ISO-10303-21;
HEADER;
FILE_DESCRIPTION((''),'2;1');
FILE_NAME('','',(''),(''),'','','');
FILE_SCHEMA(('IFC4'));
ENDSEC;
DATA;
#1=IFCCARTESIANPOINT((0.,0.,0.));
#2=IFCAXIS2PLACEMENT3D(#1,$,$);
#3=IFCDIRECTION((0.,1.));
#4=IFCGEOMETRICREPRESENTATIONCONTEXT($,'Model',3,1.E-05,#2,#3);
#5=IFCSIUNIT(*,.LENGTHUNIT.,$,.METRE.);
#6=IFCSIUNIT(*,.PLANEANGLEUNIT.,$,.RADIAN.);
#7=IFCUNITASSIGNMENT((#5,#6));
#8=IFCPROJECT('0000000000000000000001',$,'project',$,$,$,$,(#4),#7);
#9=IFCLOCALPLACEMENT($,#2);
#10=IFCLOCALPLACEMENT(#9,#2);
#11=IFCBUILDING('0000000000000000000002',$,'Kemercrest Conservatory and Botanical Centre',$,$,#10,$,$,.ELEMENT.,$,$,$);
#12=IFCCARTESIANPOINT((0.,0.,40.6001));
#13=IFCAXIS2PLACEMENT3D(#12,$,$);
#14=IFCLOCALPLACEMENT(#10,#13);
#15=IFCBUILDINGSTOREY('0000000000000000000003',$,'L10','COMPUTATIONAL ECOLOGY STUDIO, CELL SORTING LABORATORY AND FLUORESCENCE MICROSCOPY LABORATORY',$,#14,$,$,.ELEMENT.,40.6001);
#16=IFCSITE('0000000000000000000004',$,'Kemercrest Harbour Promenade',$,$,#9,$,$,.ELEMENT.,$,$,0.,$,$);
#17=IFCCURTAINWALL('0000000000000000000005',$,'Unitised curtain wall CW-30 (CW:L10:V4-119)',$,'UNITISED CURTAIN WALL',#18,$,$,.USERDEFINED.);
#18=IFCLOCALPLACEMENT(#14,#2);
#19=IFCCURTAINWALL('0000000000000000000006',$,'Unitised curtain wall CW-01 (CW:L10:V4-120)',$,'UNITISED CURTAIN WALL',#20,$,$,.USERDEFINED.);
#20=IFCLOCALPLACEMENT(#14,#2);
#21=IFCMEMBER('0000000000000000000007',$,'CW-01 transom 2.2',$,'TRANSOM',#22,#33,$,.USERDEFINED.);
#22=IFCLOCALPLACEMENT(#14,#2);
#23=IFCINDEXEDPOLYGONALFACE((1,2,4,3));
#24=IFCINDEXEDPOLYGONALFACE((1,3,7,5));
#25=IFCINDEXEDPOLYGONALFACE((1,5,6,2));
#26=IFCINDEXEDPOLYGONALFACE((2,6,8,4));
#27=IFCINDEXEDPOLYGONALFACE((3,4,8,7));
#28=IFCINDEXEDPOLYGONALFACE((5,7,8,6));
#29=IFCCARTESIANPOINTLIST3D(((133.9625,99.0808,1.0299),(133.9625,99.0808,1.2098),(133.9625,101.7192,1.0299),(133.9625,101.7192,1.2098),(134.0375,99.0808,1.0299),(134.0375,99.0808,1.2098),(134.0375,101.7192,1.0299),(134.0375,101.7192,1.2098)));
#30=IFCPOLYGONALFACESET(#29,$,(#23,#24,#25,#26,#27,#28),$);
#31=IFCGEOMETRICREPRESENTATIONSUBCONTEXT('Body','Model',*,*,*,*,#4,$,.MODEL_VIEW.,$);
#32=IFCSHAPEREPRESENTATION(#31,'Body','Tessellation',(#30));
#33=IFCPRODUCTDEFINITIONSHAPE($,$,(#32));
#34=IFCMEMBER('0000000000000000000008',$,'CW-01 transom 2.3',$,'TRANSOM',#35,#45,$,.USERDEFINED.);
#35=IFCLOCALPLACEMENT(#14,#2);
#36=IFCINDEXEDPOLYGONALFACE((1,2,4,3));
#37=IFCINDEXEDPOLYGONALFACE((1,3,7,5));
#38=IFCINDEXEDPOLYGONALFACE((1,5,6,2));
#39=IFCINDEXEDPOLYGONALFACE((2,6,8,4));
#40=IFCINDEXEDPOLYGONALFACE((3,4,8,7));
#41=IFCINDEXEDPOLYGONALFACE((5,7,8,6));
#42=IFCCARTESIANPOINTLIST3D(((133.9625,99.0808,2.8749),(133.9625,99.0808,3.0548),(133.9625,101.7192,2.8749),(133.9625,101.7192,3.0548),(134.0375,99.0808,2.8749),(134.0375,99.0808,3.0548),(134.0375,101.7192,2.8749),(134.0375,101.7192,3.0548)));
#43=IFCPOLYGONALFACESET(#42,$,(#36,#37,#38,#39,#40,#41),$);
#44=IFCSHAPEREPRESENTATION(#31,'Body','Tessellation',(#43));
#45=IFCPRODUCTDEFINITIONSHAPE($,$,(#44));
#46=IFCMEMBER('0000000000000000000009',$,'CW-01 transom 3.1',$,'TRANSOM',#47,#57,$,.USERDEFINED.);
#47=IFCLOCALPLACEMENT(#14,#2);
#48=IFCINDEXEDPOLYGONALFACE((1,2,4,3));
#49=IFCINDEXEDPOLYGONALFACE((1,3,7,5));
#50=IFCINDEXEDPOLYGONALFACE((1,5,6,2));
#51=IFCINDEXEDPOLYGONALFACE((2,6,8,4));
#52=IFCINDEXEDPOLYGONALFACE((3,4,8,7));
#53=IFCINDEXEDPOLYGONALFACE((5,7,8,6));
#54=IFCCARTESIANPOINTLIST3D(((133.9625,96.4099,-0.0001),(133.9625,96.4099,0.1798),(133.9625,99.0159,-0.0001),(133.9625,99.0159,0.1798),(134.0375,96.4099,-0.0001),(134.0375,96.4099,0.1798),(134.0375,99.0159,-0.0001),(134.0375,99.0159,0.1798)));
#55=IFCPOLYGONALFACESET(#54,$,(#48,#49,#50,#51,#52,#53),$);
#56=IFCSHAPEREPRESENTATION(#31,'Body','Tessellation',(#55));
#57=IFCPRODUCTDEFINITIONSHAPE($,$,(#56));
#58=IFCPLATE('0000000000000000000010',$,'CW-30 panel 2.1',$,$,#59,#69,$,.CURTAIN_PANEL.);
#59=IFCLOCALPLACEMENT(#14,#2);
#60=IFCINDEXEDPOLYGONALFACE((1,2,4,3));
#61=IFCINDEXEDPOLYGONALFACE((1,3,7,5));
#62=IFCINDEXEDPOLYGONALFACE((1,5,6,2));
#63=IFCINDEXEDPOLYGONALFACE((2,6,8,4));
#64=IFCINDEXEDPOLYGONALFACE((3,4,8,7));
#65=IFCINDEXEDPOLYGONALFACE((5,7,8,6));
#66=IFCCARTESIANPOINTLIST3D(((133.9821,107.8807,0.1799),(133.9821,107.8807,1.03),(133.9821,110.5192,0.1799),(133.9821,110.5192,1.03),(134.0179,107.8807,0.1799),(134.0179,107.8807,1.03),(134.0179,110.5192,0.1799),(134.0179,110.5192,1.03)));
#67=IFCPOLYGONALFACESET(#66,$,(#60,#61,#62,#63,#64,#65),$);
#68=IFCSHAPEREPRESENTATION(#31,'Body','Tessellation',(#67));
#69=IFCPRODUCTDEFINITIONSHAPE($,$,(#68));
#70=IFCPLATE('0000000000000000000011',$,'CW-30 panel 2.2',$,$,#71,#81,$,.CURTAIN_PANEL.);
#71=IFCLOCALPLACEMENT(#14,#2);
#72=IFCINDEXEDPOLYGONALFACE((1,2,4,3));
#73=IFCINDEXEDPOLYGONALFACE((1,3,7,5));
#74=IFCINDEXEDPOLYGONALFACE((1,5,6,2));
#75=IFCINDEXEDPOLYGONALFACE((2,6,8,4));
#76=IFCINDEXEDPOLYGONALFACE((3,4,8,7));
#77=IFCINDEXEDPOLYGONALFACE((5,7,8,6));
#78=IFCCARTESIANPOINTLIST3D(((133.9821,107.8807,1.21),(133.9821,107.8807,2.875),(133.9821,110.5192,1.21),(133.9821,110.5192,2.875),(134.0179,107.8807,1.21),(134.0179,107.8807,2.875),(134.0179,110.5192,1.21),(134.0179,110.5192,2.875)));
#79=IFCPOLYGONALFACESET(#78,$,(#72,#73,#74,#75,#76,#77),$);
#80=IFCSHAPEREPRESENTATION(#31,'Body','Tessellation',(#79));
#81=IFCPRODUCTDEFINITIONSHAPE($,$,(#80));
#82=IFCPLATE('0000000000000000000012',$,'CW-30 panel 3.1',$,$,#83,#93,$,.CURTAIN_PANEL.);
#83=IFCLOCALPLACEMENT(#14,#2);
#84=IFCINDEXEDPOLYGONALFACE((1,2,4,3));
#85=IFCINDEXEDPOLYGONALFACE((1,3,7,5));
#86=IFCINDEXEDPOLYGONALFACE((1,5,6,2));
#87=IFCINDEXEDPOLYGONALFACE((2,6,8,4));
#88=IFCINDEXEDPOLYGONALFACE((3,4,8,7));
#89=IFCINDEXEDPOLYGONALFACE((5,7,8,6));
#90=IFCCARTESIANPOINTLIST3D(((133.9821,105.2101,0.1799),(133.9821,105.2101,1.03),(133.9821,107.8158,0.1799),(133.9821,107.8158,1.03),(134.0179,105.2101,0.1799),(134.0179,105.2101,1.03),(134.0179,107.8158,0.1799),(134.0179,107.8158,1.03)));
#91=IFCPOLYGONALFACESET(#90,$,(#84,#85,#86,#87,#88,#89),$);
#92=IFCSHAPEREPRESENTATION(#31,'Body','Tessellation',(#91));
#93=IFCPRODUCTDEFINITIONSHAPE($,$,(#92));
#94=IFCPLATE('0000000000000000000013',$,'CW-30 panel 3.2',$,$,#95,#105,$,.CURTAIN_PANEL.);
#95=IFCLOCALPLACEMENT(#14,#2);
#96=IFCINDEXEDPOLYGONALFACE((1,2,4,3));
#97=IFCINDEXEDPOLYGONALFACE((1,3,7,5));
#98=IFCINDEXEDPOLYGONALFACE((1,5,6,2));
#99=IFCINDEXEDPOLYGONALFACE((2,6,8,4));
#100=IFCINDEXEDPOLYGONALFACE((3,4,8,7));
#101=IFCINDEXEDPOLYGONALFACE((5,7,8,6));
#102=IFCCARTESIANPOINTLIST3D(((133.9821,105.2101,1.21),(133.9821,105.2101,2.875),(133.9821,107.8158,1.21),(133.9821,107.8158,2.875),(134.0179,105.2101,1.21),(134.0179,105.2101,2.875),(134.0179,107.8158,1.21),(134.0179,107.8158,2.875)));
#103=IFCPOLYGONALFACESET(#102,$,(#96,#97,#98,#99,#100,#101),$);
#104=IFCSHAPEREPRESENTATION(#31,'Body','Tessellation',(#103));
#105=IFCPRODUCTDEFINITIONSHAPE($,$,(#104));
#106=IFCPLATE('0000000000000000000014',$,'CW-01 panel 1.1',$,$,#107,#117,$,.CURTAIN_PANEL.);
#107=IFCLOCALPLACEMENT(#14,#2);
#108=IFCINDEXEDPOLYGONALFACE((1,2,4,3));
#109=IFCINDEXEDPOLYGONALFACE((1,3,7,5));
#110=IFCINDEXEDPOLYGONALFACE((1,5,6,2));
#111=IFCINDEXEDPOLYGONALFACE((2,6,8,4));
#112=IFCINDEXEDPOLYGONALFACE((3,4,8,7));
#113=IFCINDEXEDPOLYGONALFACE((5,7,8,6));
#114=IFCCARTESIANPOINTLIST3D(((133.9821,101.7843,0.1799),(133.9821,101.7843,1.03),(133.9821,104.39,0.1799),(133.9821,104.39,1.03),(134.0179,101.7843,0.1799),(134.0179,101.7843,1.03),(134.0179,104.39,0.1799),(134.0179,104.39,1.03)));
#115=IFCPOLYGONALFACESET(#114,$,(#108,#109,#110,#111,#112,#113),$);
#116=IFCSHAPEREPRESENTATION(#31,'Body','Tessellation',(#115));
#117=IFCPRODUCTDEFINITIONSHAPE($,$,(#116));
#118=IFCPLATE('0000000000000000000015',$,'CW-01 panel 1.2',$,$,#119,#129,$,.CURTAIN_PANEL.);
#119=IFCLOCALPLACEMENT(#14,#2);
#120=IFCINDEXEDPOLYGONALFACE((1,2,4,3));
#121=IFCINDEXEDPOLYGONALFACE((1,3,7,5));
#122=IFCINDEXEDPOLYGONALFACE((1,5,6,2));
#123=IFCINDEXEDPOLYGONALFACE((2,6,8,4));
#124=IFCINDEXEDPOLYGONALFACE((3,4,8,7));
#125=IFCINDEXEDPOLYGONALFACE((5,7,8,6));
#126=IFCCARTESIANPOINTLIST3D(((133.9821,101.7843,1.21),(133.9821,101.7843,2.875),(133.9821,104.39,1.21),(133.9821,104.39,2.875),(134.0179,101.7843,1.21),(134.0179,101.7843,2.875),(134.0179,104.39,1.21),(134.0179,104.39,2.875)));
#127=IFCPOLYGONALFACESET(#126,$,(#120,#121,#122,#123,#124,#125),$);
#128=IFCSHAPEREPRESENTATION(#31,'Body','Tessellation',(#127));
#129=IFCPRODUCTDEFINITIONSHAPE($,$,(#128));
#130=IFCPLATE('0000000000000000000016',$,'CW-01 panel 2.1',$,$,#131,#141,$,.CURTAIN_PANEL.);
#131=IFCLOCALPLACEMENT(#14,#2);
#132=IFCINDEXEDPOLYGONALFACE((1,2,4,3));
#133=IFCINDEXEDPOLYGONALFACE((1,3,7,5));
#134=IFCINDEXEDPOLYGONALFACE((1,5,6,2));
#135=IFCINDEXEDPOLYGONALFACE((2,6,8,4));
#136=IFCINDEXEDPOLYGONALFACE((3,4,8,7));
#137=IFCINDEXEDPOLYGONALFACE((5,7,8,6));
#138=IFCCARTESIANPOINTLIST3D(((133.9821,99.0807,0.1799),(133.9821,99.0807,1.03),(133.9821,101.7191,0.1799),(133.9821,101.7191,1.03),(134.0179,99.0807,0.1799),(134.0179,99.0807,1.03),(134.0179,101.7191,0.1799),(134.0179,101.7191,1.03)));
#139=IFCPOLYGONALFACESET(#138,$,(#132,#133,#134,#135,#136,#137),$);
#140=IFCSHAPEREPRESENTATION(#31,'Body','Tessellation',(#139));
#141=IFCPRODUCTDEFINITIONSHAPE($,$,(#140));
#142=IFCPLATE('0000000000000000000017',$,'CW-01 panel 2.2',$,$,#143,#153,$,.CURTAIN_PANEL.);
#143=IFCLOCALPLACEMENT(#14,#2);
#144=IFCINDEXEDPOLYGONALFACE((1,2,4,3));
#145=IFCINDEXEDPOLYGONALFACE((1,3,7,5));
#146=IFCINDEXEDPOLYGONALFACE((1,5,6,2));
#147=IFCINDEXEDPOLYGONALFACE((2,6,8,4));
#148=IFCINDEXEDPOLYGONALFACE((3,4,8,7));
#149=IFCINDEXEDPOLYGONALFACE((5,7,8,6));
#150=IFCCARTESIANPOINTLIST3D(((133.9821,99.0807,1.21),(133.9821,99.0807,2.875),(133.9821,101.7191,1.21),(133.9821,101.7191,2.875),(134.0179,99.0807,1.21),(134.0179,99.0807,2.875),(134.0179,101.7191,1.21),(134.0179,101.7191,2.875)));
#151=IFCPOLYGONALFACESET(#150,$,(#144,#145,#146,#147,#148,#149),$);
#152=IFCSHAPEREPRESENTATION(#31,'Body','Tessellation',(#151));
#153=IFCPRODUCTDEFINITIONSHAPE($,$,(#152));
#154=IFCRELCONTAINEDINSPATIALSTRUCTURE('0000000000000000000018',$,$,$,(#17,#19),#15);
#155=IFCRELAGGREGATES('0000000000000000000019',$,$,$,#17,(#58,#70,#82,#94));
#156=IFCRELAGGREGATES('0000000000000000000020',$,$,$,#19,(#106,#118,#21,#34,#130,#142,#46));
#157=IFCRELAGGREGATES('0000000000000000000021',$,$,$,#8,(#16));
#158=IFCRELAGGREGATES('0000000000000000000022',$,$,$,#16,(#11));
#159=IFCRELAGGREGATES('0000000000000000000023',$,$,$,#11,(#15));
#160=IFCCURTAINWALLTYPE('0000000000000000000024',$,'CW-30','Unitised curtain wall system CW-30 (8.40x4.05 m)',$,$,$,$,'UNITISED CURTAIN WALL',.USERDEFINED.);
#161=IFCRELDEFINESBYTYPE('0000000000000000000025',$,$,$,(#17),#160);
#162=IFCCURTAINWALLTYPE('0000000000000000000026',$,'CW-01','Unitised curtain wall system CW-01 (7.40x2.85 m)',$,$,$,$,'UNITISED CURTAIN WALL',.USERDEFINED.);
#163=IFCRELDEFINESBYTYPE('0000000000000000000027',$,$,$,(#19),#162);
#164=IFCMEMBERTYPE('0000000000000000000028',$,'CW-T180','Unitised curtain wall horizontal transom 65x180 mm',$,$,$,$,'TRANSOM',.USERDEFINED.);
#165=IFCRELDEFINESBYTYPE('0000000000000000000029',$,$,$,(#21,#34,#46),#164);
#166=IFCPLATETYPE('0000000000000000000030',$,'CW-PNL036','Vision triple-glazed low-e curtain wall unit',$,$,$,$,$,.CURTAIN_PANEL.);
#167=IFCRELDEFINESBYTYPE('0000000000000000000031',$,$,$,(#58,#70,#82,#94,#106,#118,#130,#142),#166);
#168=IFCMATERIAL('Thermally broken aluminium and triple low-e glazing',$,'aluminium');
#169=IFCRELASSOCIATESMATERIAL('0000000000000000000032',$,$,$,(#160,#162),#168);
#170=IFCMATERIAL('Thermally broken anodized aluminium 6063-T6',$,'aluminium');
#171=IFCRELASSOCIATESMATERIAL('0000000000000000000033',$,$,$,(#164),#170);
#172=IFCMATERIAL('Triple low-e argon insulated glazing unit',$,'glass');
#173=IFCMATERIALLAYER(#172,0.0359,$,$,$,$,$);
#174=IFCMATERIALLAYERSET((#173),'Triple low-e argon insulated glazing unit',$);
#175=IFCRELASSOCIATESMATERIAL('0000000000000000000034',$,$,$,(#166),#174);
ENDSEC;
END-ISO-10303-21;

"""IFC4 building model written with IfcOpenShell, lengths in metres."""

from ifc_helpers import new_model, si_unit, direction, frame, origin, origin_2d, place, context, subcontext, project, spatial, rectangle, extrude, material, layer, layer_set, material_profile, profile_set, type_object, element, aggregate, save


model = new_model("IFC4")

# Units and contexts
model_context = context("Model", 3, precision=1e-05, world=origin(), true_north=direction((0.0, 1.0)))
body_context = subcontext(model_context, "Body", "Model", "MODEL_VIEW")
ifc_project = project(units=[si_unit("LENGTHUNIT", "METRE"), si_unit("PLANEANGLEUNIT", "RADIAN")], contexts=[model_context])

# Site, building, storey
site_placement = place(None, origin())
site = spatial("IfcSite", under=ifc_project, at=site_placement, Name="Kemercrest Harbour Promenade", CompositionType="ELEMENT", RefElevation=0.0)
building_placement = place(site_placement, origin())
building = spatial("IfcBuilding", under=site, at=building_placement, Name="Kemercrest Conservatory and Botanical Centre", CompositionType="ELEMENT")
storey_placement = place(building_placement, frame((0.0, 0.0, 40.6001)))
storey = spatial("IfcBuildingStorey", under=building, at=storey_placement, Name="L10", Description="COMPUTATIONAL ECOLOGY STUDIO, CELL SORTING LABORATORY AND FLUORESCENCE MICROSCOPY LABORATORY", CompositionType="ELEMENT", Elevation=40.6001)

# Curtain walls
ifc_material_1 = material(Name="Thermally broken aluminium and triple low-e glazing", Category="aluminium")
curtain_wall_type_1 = type_object("IfcCurtainWallType", Name="CW-30", Description="Unitised curtain wall system CW-30 (8.40x4.05 m)", ElementType="UNITISED CURTAIN WALL", PredefinedType="USERDEFINED", material=ifc_material_1)
curtain_wall_1_placement = place(storey_placement, origin())
curtain_wall_1 = element("IfcCurtainWall", 1, at=curtain_wall_1_placement, inside=storey, type_object=curtain_wall_type_1, Name="Unitised curtain wall CW-30 (CW:L10:V4-119)", ObjectType="UNITISED CURTAIN WALL", PredefinedType="USERDEFINED")
ifc_material_2 = material(Name="Thermally broken anodized aluminium 6063-T6", Category="aluminium")
curtain_wall_type_2 = type_object("IfcCurtainWallType", Name="CW-01", Description="Unitised curtain wall system CW-01 (7.40x2.85 m)", ElementType="UNITISED CURTAIN WALL", PredefinedType="USERDEFINED", material=ifc_material_1)
curtain_wall_2_placement = place(storey_placement, origin())
curtain_wall_2 = element("IfcCurtainWall", 2, at=curtain_wall_2_placement, inside=storey, type_object=curtain_wall_type_2, Name="Unitised curtain wall CW-01 (CW:L10:V4-120)", ObjectType="UNITISED CURTAIN WALL", PredefinedType="USERDEFINED")

# Members
ifc_material_profile_1 = material_profile(ifc_material_2, rectangle(XDim=0.075, YDim=0.1799, at=origin_2d()), Name="AL TRANSOM 75x180")
ifc_profile_set_1 = profile_set([ifc_material_profile_1], Name="Thermally broken anodized aluminium 6063-T6")
member_type_1 = type_object("IfcMemberType", Name="CW-T180", Description="Unitised curtain wall horizontal transom 65x180 mm", ElementType="TRANSOM", PredefinedType="USERDEFINED", material=ifc_profile_set_1)
member_1_placement = place(storey_placement, frame((134.0, 101.7192, 1.1199), z_axis=(0.0, -1.0, 0.0), x_axis=(1.0, 0.0, 0.0)))
member_1 = element("IfcMember", 3, at=member_1_placement, type_object=member_type_1, Name="CW-01 transom 2.2", ObjectType="TRANSOM", PredefinedType="USERDEFINED", context=body_context, shape_type="SweptSolid", body=[
    extrude(rectangle(XDim=0.075, YDim=0.1799, at=origin_2d()), origin(), (0.0, 0.0, 1.0), 2.6384),
])
member_2_placement = place(storey_placement, frame((134.0, 101.7192, 2.9648), z_axis=(0.0, -1.0, 0.0), x_axis=(1.0, 0.0, 0.0)))
member_2 = element("IfcMember", 4, at=member_2_placement, type_object=member_type_1, Name="CW-01 transom 2.3", ObjectType="TRANSOM", PredefinedType="USERDEFINED", context=body_context, shape_type="SweptSolid", body=[
    extrude(rectangle(XDim=0.075, YDim=0.1799, at=origin_2d()), origin(), (0.0, 0.0, 1.0), 2.6384),
])
member_3_placement = place(storey_placement, frame((134.0, 99.0159, 0.0898), z_axis=(0.0, -1.0, 0.0), x_axis=(1.0, 0.0, 0.0)))
member_3 = element("IfcMember", 5, at=member_3_placement, type_object=member_type_1, Name="CW-01 transom 3.1", ObjectType="TRANSOM", PredefinedType="USERDEFINED", context=body_context, shape_type="SweptSolid", body=[
    extrude(rectangle(XDim=0.075, YDim=0.1799, at=origin_2d()), origin(), (0.0, 0.0, 1.0), 2.606),
])

# Plates
ifc_material_3 = material(Name="Triple low-e argon insulated glazing unit", Category="glass")
ifc_layer = layer(ifc_material_3, 0.0359)
ifc_layer_set = layer_set([ifc_layer], Name="Triple low-e argon insulated glazing unit")
plate_type = type_object("IfcPlateType", Name="CW-PNL036", Description="Vision triple-glazed low-e curtain wall unit", PredefinedType="CURTAIN_PANEL", material=ifc_layer_set)
plate_1_placement = place(storey_placement, frame((134.0, 109.2, 0.1799), z_axis=(0.0, 0.0, 1.0), x_axis=(0.0, -1.0, 0.0)))
plate_1 = element("IfcPlate", 6, at=plate_1_placement, type_object=plate_type, Name="CW-30 panel 2.1", PredefinedType="CURTAIN_PANEL", context=body_context, shape_type="SweptSolid", body=[
    extrude(rectangle(XDim=2.6384, YDim=0.0359, at=origin_2d()), origin(), (0.0, 0.0, 1.0), 0.8501),
])
plate_2_placement = place(storey_placement, frame((134.0, 109.2, 1.21), z_axis=(0.0, 0.0, 1.0), x_axis=(0.0, -1.0, 0.0)))
plate_2 = element("IfcPlate", 7, at=plate_2_placement, type_object=plate_type, Name="CW-30 panel 2.2", PredefinedType="CURTAIN_PANEL", context=body_context, shape_type="SweptSolid", body=[
    extrude(rectangle(XDim=2.6384, YDim=0.0359, at=origin_2d()), origin(), (0.0, 0.0, 1.0), 1.665),
])
plate_3_placement = place(storey_placement, frame((134.0, 106.5129, 0.1799), z_axis=(0.0, 0.0, 1.0), x_axis=(0.0, -1.0, 0.0)))
plate_3 = element("IfcPlate", 8, at=plate_3_placement, type_object=plate_type, Name="CW-30 panel 3.1", PredefinedType="CURTAIN_PANEL", context=body_context, shape_type="SweptSolid", body=[
    extrude(rectangle(XDim=2.6057, YDim=0.0359, at=origin_2d()), origin(), (0.0, 0.0, 1.0), 0.8501),
])
plate_4_placement = place(storey_placement, frame((134.0, 106.5129, 1.21), z_axis=(0.0, 0.0, 1.0), x_axis=(0.0, -1.0, 0.0)))
plate_4 = element("IfcPlate", 9, at=plate_4_placement, type_object=plate_type, Name="CW-30 panel 3.2", PredefinedType="CURTAIN_PANEL", context=body_context, shape_type="SweptSolid", body=[
    extrude(rectangle(XDim=2.6057, YDim=0.0359, at=origin_2d()), origin(), (0.0, 0.0, 1.0), 1.665),
])
aggregate(curtain_wall_1, [plate_1, plate_2, plate_3, plate_4])
plate_5_placement = place(storey_placement, frame((134.0, 103.0872, 0.1799), z_axis=(0.0, 0.0, 1.0), x_axis=(0.0, -1.0, 0.0)))
plate_5 = element("IfcPlate", 10, at=plate_5_placement, type_object=plate_type, Name="CW-01 panel 1.1", PredefinedType="CURTAIN_PANEL", context=body_context, shape_type="SweptSolid", body=[
    extrude(rectangle(XDim=2.6057, YDim=0.0359, at=origin_2d()), origin(), (0.0, 0.0, 1.0), 0.8501),
])
plate_6_placement = place(storey_placement, frame((134.0, 103.0872, 1.21), z_axis=(0.0, 0.0, 1.0), x_axis=(0.0, -1.0, 0.0)))
plate_6 = element("IfcPlate", 11, at=plate_6_placement, type_object=plate_type, Name="CW-01 panel 1.2", PredefinedType="CURTAIN_PANEL", context=body_context, shape_type="SweptSolid", body=[
    extrude(rectangle(XDim=2.6057, YDim=0.0359, at=origin_2d()), origin(), (0.0, 0.0, 1.0), 1.665),
])
plate_7_placement = place(storey_placement, frame((134.0, 100.3999, 0.1799), z_axis=(0.0, 0.0, 1.0), x_axis=(0.0, -1.0, 0.0)))
plate_7 = element("IfcPlate", 12, at=plate_7_placement, type_object=plate_type, Name="CW-01 panel 2.1", PredefinedType="CURTAIN_PANEL", context=body_context, shape_type="SweptSolid", body=[
    extrude(rectangle(XDim=2.6384, YDim=0.0359, at=origin_2d()), origin(), (0.0, 0.0, 1.0), 0.8501),
])
plate_8_placement = place(storey_placement, frame((134.0, 100.3999, 1.21), z_axis=(0.0, 0.0, 1.0), x_axis=(0.0, -1.0, 0.0)))
plate_8 = element("IfcPlate", 13, at=plate_8_placement, type_object=plate_type, Name="CW-01 panel 2.2", PredefinedType="CURTAIN_PANEL", context=body_context, shape_type="SweptSolid", body=[
    extrude(rectangle(XDim=2.6384, YDim=0.0359, at=origin_2d()), origin(), (0.0, 0.0, 1.0), 1.665),
])
aggregate(curtain_wall_2, [plate_5, plate_6, member_1, member_2, plate_7, plate_8, member_3])

save(model, "model.ifc")
